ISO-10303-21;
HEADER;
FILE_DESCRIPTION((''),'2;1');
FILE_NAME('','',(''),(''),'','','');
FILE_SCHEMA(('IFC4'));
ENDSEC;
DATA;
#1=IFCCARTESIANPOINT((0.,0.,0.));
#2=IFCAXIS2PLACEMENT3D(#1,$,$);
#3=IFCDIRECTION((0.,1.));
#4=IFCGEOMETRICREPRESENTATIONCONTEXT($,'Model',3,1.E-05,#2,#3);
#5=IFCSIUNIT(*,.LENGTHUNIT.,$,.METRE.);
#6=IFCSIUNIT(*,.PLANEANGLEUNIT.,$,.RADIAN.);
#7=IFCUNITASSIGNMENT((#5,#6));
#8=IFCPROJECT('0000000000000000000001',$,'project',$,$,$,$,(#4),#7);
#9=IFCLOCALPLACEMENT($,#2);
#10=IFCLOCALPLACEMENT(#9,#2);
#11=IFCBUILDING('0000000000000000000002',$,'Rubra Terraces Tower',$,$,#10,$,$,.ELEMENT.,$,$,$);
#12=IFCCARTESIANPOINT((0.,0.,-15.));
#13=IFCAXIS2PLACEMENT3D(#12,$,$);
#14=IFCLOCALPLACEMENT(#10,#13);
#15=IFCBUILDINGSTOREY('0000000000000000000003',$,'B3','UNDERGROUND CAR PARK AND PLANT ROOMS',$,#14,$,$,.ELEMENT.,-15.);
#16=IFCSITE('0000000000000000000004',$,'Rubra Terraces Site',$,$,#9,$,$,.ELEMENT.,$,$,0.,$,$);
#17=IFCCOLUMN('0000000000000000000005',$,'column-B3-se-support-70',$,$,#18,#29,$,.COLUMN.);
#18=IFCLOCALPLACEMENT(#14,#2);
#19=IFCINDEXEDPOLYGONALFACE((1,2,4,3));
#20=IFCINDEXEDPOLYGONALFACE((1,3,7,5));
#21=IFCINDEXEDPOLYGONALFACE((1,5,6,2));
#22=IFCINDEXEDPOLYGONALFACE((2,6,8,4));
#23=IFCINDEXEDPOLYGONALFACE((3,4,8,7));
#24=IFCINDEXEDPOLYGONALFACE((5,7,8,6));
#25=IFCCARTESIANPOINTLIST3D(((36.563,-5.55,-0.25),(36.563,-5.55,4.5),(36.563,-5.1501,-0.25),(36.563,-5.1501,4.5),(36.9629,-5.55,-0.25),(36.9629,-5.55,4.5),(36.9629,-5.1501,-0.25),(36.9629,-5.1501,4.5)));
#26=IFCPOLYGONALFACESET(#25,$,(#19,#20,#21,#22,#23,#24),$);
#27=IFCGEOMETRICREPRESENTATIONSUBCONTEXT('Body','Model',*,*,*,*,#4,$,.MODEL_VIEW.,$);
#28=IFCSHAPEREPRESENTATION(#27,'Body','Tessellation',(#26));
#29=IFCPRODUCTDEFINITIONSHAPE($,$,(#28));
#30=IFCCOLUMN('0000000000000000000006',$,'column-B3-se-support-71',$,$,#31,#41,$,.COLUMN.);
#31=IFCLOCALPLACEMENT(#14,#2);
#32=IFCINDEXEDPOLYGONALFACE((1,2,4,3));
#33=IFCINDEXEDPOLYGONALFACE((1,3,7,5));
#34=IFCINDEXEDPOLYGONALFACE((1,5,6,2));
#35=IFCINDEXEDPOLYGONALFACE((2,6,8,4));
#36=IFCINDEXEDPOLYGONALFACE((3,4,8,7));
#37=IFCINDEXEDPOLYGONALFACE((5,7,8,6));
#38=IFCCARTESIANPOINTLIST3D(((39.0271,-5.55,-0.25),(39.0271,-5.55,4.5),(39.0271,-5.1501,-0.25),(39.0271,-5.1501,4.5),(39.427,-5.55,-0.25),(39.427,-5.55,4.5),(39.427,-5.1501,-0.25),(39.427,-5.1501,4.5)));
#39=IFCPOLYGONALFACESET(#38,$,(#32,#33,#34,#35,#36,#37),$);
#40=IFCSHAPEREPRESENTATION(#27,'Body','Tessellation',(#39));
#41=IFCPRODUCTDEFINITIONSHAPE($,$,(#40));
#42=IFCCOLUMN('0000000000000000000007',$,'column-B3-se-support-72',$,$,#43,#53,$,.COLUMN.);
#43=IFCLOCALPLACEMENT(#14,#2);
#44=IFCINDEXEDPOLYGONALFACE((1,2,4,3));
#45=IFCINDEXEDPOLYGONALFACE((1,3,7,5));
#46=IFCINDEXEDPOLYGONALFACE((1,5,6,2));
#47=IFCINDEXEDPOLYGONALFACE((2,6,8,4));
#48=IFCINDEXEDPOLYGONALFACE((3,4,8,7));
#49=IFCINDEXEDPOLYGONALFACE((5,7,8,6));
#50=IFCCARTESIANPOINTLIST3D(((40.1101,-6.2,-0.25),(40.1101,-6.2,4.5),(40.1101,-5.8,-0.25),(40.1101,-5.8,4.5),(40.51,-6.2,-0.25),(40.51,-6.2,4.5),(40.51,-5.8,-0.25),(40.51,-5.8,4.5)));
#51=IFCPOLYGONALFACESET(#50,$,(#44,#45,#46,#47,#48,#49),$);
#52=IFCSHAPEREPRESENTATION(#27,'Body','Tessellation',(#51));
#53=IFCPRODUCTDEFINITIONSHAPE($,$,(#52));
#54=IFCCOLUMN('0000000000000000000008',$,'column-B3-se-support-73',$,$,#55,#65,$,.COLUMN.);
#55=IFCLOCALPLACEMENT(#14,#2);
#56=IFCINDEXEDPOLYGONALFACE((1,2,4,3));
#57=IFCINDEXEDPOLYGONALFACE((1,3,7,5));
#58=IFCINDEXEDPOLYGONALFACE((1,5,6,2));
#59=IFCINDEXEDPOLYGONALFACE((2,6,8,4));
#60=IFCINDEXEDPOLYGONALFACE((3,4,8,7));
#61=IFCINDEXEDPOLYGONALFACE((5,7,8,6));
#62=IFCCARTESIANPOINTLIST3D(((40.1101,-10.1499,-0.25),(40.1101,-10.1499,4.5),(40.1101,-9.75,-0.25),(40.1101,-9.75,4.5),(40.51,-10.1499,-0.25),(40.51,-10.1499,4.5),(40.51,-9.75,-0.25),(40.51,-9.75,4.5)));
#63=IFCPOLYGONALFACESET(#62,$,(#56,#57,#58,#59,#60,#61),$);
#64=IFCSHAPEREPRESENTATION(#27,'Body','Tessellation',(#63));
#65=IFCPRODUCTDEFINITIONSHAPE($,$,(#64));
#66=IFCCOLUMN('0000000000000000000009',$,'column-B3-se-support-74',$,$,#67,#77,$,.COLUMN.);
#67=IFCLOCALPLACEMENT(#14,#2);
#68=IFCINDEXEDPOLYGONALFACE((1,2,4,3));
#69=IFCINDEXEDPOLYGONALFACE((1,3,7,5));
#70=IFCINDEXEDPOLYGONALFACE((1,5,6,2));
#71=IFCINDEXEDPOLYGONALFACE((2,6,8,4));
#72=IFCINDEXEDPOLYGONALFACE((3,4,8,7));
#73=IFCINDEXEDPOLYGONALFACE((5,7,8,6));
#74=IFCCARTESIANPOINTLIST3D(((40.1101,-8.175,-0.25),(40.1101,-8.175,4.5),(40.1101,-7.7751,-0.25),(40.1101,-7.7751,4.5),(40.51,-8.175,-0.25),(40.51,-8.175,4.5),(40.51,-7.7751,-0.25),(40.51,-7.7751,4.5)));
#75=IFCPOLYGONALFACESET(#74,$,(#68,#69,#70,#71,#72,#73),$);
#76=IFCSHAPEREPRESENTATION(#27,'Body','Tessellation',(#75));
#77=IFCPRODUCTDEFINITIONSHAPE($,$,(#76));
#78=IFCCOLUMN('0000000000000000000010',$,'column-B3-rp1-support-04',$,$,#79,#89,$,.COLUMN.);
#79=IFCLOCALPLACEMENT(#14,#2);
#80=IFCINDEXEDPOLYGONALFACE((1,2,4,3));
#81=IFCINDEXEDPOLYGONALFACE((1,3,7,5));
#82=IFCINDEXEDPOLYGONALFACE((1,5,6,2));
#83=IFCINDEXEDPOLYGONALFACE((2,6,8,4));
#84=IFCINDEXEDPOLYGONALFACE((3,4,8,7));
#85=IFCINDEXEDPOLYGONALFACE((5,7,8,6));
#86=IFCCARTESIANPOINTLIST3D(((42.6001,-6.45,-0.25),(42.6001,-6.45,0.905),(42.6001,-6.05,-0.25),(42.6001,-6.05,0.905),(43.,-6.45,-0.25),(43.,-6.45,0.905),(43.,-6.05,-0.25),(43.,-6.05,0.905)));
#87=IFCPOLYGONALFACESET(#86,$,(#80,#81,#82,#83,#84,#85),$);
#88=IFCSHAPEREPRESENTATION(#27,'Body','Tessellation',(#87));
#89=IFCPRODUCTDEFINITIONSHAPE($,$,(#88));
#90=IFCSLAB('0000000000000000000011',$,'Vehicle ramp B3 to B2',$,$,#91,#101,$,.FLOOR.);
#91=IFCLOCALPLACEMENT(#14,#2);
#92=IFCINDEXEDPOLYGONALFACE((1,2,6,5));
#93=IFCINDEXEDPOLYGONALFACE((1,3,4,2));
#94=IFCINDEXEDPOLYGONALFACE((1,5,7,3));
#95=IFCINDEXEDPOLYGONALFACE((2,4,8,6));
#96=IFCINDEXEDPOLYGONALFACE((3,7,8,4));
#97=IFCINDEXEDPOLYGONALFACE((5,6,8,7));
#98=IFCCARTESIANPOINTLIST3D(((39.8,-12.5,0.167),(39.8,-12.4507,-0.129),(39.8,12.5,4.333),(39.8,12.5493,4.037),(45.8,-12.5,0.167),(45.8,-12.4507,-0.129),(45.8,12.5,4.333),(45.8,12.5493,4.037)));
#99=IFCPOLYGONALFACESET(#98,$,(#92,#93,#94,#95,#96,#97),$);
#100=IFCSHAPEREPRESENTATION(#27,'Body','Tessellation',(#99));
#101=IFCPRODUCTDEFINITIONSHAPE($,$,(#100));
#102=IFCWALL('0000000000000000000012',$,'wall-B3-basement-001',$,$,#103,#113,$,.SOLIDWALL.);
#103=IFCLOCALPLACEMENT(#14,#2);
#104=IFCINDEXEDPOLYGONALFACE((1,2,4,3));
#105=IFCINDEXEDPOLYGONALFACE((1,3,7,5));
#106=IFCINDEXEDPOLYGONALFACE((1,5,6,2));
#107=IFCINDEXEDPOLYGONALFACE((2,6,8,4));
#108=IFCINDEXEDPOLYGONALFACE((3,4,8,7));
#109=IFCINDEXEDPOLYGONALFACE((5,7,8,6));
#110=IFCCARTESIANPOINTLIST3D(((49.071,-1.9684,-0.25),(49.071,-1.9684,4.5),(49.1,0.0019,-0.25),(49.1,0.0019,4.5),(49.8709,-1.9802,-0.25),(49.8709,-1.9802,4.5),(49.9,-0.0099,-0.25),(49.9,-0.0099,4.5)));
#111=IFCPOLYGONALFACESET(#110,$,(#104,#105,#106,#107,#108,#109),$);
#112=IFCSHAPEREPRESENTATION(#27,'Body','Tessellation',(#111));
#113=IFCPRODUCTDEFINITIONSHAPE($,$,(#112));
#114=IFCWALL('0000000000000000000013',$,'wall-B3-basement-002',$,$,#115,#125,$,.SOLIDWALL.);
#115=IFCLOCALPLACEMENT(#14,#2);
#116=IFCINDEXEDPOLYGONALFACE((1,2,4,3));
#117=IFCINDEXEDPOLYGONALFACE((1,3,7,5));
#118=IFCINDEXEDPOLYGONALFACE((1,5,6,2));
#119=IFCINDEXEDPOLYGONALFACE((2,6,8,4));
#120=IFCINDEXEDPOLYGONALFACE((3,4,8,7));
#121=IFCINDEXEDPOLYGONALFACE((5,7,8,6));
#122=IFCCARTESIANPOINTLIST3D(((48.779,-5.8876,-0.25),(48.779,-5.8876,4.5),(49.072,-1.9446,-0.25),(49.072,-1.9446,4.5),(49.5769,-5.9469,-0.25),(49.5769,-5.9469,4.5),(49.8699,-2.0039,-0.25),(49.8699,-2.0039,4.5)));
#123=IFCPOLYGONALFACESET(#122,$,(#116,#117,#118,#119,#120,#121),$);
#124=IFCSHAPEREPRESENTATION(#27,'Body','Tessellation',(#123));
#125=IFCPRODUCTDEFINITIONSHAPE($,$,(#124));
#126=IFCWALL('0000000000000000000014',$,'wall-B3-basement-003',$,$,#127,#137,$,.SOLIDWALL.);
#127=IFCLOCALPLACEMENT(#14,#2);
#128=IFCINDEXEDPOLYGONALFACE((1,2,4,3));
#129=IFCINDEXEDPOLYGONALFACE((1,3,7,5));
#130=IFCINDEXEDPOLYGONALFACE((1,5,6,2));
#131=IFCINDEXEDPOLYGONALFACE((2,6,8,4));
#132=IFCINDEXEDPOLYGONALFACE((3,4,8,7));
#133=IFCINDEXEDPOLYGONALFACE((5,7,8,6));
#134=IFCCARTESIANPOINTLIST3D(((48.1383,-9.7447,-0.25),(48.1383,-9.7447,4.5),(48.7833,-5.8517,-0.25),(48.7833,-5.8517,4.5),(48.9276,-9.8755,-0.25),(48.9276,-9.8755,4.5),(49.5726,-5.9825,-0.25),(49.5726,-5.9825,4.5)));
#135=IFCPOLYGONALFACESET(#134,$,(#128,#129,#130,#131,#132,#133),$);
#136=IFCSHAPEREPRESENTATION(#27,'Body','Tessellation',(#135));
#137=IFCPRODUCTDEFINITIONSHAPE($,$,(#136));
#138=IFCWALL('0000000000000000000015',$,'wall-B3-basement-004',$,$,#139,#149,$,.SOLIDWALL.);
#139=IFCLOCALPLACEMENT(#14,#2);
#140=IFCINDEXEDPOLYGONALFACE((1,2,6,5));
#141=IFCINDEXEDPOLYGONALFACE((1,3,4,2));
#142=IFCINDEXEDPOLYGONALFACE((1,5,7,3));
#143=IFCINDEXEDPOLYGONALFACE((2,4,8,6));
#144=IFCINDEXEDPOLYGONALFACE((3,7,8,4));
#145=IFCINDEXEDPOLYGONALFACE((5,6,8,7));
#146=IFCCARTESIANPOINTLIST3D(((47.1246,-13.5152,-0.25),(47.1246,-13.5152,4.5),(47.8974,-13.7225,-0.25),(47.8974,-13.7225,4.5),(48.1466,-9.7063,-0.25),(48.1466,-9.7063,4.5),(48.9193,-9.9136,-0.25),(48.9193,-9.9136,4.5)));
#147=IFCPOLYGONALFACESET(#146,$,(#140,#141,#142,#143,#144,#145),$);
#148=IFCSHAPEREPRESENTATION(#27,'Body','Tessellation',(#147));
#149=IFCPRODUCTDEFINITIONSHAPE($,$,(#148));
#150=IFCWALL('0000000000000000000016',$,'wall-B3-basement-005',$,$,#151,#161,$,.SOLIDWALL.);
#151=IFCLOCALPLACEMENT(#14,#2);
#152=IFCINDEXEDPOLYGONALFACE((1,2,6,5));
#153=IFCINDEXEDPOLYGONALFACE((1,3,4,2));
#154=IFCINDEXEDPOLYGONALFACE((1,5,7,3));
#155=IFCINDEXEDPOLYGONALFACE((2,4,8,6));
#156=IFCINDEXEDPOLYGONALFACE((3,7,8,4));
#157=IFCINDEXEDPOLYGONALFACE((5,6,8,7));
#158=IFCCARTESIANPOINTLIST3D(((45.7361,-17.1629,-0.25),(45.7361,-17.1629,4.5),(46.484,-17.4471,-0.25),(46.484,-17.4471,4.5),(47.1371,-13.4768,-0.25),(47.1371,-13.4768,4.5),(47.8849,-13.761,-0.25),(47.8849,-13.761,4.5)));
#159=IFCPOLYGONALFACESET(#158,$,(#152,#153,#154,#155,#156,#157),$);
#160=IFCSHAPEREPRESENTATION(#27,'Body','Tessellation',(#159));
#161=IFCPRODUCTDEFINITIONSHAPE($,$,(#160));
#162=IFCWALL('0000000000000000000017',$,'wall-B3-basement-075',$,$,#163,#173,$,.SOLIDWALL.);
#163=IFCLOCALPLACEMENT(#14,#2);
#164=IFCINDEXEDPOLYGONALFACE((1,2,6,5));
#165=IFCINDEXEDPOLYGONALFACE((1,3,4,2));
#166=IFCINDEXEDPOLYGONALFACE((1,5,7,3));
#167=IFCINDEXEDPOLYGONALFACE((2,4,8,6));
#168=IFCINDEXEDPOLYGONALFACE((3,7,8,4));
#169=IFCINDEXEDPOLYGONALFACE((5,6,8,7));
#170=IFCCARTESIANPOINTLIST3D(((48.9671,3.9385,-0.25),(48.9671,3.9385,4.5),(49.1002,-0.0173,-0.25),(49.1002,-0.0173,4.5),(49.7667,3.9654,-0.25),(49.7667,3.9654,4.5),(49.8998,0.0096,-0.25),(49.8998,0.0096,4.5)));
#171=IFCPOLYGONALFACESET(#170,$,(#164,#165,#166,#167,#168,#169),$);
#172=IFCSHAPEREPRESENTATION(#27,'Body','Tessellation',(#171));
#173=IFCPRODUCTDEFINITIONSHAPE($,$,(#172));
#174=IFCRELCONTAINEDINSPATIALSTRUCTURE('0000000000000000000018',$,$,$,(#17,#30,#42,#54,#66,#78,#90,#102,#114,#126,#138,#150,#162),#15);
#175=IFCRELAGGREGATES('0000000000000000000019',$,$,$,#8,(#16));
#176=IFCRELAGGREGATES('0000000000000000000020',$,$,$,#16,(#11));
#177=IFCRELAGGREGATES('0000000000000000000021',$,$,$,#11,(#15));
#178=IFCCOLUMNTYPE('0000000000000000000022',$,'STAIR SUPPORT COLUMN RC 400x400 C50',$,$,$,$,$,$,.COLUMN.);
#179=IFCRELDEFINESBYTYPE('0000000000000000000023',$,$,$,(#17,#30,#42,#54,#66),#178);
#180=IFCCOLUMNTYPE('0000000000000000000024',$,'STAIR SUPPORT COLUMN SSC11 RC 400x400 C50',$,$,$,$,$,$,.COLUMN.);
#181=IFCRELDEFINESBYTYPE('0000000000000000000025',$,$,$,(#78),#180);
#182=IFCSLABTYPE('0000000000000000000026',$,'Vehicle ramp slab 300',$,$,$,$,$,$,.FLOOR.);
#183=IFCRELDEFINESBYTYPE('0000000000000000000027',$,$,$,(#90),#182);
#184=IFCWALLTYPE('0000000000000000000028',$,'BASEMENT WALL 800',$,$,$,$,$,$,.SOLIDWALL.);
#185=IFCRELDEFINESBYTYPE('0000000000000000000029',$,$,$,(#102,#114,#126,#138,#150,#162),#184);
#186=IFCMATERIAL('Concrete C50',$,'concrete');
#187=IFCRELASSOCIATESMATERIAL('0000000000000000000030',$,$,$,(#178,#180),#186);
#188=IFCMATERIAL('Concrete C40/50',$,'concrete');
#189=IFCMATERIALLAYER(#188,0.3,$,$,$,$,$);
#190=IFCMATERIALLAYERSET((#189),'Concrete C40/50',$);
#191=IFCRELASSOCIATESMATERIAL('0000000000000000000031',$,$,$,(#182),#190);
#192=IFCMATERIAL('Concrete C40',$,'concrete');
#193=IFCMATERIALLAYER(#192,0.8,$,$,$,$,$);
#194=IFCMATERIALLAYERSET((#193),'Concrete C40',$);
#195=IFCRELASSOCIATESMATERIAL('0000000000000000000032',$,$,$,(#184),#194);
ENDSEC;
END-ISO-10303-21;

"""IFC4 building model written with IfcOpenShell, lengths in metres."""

from ifc_helpers import new_model, si_unit, direction, frame, frame_2d, origin, origin_2d, place, context, subcontext, project, spatial, polyline, rectangle, outline, extrude, material, layer, layer_set, material_profile, profile_set, type_object, element, save


model = new_model("IFC4")

# Units and contexts
model_context = context("Model", 3, precision=1e-05, world=origin(), true_north=direction((0.0, 1.0)))
body_context = subcontext(model_context, "Body", "Model", "MODEL_VIEW")
ifc_project = project(units=[si_unit("LENGTHUNIT", "METRE"), si_unit("PLANEANGLEUNIT", "RADIAN")], contexts=[model_context])

# Site, building, storey
site_placement = place(None, origin())
site = spatial("IfcSite", under=ifc_project, at=site_placement, Name="Rubra Terraces Site", CompositionType="ELEMENT", RefElevation=0.0)
building_placement = place(site_placement, origin())
building = spatial("IfcBuilding", under=site, at=building_placement, Name="Rubra Terraces Tower", CompositionType="ELEMENT")
storey_placement = place(building_placement, frame((0.0, 0.0, -15.0)))
storey = spatial("IfcBuildingStorey", under=building, at=storey_placement, Name="B3", Description="UNDERGROUND CAR PARK AND PLANT ROOMS", CompositionType="ELEMENT", Elevation=-15.0)

# Shared definitions
ifc_material_1 = material(Name="Concrete C40", Category="concrete")

# Columns
ifc_material_2 = material(Name="Concrete C50", Category="concrete")
ifc_material_profile_1 = material_profile(ifc_material_2, rectangle(XDim=0.3999, YDim=0.3999, at=origin_2d()), Name="RC 400x400")
ifc_profile_set_1 = profile_set([ifc_material_profile_1], Name="Concrete C50")
column_type_1 = type_object("IfcColumnType", Name="STAIR SUPPORT COLUMN RC 400x400 C50", PredefinedType="COLUMN", material=ifc_profile_set_1)
for number, where, z_axis, x_axis, name in (
    (1, (36.7629, -5.3501, -0.25), (0.0, 0.0, 1.0), (1.0, 0.0, 0.0), "column-B3-se-support-70"),
    (2, (39.2271, -5.3501, -0.25), (0.0, 0.0, 1.0), (1.0, 0.0, 0.0), "column-B3-se-support-71"),
    (3, (40.3101, -6.0, -0.25), (0.0, 0.0, 1.0), (1.0, 0.0, 0.0), "column-B3-se-support-72"),
    (4, (40.3101, -9.95, -0.25), (0.0, 0.0, 1.0), (1.0, 0.0, 0.0), "column-B3-se-support-73"),
    (5, (40.3101, -7.9751, -0.25), (0.0, 0.0, 1.0), (1.0, 0.0, 0.0), "column-B3-se-support-74"),
):
    element("IfcColumn", number, at=place(storey_placement, frame(where, z_axis=z_axis, x_axis=x_axis)), inside=storey, type_object=column_type_1, Name=name, PredefinedType="COLUMN", context=body_context, shape_type="SweptSolid", body=[
        extrude(rectangle(XDim=0.3999, YDim=0.3999, at=origin_2d()), origin(), (0.0, 0.0, 1.0), 4.75),
    ])
ifc_material_profile_2 = material_profile(ifc_material_2, rectangle(XDim=0.3999, YDim=0.3999, at=origin_2d()), Name="RC 400x400")
ifc_profile_set_2 = profile_set([ifc_material_profile_2], Name="Concrete C50")
column_type_2 = type_object("IfcColumnType", Name="STAIR SUPPORT COLUMN SSC11 RC 400x400 C50", PredefinedType="COLUMN", material=ifc_profile_set_2)
column_placement = place(storey_placement, frame((42.8, -6.25, -0.25), z_axis=(0.0, 0.0, 1.0), x_axis=(1.0, 0.0, 0.0)))
element("IfcColumn", 6, at=column_placement, inside=storey, type_object=column_type_2, Name="column-B3-rp1-support-04", PredefinedType="COLUMN", context=body_context, shape_type="SweptSolid", body=[
    extrude(rectangle(XDim=0.3999, YDim=0.3999, at=origin_2d()), origin(), (0.0, 0.0, 1.0), 1.155),
])

# Slab
ifc_material_3 = material(Name="Concrete C40/50", Category="concrete")
ifc_layer_1 = layer(ifc_material_3, 0.3)
ifc_layer_set_1 = layer_set([ifc_layer_1], Name="Concrete C40/50")
slab_type = type_object("IfcSlabType", Name="Vehicle ramp slab 300", PredefinedType="FLOOR", material=ifc_layer_set_1)
slab_placement = place(storey_placement, frame((45.8, -12.5, 0.167), z_axis=(0.0, -0.164374, 0.986398), x_axis=(0.0, 0.986398, 0.164374)))
element("IfcSlab", 7, at=slab_placement, inside=storey, type_object=slab_type, Name="Vehicle ramp B3 to B2", PredefinedType="FLOOR", context=body_context, shape_type="SweptSolid", body=[
    extrude(outline(polyline([(0.0, 0.0), (25.3447, 0.0), (25.3447, 6.0), (0.0, 6.0), (0.0, 0.0)])), origin(), (0.0, 0.0, -1.0), 0.3),
])

# Walls
ifc_layer_2 = layer(ifc_material_1, 0.8)
ifc_layer_set_2 = layer_set([ifc_layer_2], Name="Concrete C40")
wall_type = type_object("IfcWallType", Name="BASEMENT WALL 800", PredefinedType="SOLIDWALL", material=ifc_layer_set_2)
wall_1_placement = place(storey_placement, frame((49.5, -0.0039, -0.25), z_axis=(0.0, 0.0, 1.0), x_axis=(-0.014744, -0.999891, 0.0)))
element("IfcWall", 8, at=wall_1_placement, inside=storey, type_object=wall_type, Name="wall-B3-basement-001", PredefinedType="SOLIDWALL", context=body_context, shape_type="SweptSolid", body=[
    extrude(rectangle(XDim=1.9705, YDim=0.8, at=frame_2d((0.9854, 0.0))), origin(), (0.0, 0.0, 1.0), 4.75),
])
wall_2_placement = place(storey_placement, frame((49.4709, -1.9741, -0.25), z_axis=(0.0, 0.0, 1.0), x_axis=(-0.074099, -0.997251, 0.0)))
element("IfcWall", 9, at=wall_2_placement, inside=storey, type_object=wall_type, Name="wall-B3-basement-002", PredefinedType="SOLIDWALL", context=body_context, shape_type="SweptSolid", body=[
    extrude(rectangle(XDim=3.9539, YDim=0.8, at=frame_2d((1.9771, 0.0))), origin(), (0.0, 0.0, 1.0), 4.75),
])
wall_3_placement = place(storey_placement, frame((49.178, -5.917, -0.25), z_axis=(0.0, 0.0, 1.0), x_axis=(-0.163456, -0.986551, 0.0)))
element("IfcWall", 10, at=wall_3_placement, inside=storey, type_object=wall_type, Name="wall-B3-basement-003", PredefinedType="SOLIDWALL", context=body_context, shape_type="SweptSolid", body=[
    extrude(rectangle(XDim=3.946, YDim=0.8, at=frame_2d((1.9731, 0.0))), origin(), (0.0, 0.0, 1.0), 4.75),
])
wall_4_placement = place(storey_placement, frame((48.533, -9.8101, -0.25), z_axis=(0.0, 0.0, 1.0), x_axis=(-0.25915, -0.965837, 0.0)))
element("IfcWall", 11, at=wall_4_placement, inside=storey, type_object=wall_type, Name="wall-B3-basement-004", PredefinedType="SOLIDWALL", context=body_context, shape_type="SweptSolid", body=[
    extrude(rectangle(XDim=3.9436, YDim=0.8, at=frame_2d((1.9717, 0.0))), origin(), (0.0, 0.0, 1.0), 4.75),
])
wall_5_placement = place(storey_placement, frame((47.511, -13.6189, -0.25), z_axis=(0.0, 0.0, 1.0), x_axis=(-0.355259, -0.934768, 0.0)))
element("IfcWall", 12, at=wall_5_placement, inside=storey, type_object=wall_type, Name="wall-B3-basement-005", PredefinedType="SOLIDWALL", context=body_context, shape_type="SweptSolid", body=[
    extrude(rectangle(XDim=3.9434, YDim=0.8, at=frame_2d((1.9717, 0.0))), origin(), (0.0, 0.0, 1.0), 4.75),
])
wall_6_placement = place(storey_placement, frame((49.3669, 3.9519, -0.25), z_axis=(0.0, 0.0, 1.0), x_axis=(0.033617, -0.999435, 0.0)))
element("IfcWall", 13, at=wall_6_placement, inside=storey, type_object=wall_type, Name="wall-B3-basement-075", PredefinedType="SOLIDWALL", context=body_context, shape_type="SweptSolid", body=[
    extrude(rectangle(XDim=3.958, YDim=0.8, at=frame_2d((1.979, 0.0))), origin(), (0.0, 0.0, 1.0), 4.75),
])

save(model, "model.ifc")
